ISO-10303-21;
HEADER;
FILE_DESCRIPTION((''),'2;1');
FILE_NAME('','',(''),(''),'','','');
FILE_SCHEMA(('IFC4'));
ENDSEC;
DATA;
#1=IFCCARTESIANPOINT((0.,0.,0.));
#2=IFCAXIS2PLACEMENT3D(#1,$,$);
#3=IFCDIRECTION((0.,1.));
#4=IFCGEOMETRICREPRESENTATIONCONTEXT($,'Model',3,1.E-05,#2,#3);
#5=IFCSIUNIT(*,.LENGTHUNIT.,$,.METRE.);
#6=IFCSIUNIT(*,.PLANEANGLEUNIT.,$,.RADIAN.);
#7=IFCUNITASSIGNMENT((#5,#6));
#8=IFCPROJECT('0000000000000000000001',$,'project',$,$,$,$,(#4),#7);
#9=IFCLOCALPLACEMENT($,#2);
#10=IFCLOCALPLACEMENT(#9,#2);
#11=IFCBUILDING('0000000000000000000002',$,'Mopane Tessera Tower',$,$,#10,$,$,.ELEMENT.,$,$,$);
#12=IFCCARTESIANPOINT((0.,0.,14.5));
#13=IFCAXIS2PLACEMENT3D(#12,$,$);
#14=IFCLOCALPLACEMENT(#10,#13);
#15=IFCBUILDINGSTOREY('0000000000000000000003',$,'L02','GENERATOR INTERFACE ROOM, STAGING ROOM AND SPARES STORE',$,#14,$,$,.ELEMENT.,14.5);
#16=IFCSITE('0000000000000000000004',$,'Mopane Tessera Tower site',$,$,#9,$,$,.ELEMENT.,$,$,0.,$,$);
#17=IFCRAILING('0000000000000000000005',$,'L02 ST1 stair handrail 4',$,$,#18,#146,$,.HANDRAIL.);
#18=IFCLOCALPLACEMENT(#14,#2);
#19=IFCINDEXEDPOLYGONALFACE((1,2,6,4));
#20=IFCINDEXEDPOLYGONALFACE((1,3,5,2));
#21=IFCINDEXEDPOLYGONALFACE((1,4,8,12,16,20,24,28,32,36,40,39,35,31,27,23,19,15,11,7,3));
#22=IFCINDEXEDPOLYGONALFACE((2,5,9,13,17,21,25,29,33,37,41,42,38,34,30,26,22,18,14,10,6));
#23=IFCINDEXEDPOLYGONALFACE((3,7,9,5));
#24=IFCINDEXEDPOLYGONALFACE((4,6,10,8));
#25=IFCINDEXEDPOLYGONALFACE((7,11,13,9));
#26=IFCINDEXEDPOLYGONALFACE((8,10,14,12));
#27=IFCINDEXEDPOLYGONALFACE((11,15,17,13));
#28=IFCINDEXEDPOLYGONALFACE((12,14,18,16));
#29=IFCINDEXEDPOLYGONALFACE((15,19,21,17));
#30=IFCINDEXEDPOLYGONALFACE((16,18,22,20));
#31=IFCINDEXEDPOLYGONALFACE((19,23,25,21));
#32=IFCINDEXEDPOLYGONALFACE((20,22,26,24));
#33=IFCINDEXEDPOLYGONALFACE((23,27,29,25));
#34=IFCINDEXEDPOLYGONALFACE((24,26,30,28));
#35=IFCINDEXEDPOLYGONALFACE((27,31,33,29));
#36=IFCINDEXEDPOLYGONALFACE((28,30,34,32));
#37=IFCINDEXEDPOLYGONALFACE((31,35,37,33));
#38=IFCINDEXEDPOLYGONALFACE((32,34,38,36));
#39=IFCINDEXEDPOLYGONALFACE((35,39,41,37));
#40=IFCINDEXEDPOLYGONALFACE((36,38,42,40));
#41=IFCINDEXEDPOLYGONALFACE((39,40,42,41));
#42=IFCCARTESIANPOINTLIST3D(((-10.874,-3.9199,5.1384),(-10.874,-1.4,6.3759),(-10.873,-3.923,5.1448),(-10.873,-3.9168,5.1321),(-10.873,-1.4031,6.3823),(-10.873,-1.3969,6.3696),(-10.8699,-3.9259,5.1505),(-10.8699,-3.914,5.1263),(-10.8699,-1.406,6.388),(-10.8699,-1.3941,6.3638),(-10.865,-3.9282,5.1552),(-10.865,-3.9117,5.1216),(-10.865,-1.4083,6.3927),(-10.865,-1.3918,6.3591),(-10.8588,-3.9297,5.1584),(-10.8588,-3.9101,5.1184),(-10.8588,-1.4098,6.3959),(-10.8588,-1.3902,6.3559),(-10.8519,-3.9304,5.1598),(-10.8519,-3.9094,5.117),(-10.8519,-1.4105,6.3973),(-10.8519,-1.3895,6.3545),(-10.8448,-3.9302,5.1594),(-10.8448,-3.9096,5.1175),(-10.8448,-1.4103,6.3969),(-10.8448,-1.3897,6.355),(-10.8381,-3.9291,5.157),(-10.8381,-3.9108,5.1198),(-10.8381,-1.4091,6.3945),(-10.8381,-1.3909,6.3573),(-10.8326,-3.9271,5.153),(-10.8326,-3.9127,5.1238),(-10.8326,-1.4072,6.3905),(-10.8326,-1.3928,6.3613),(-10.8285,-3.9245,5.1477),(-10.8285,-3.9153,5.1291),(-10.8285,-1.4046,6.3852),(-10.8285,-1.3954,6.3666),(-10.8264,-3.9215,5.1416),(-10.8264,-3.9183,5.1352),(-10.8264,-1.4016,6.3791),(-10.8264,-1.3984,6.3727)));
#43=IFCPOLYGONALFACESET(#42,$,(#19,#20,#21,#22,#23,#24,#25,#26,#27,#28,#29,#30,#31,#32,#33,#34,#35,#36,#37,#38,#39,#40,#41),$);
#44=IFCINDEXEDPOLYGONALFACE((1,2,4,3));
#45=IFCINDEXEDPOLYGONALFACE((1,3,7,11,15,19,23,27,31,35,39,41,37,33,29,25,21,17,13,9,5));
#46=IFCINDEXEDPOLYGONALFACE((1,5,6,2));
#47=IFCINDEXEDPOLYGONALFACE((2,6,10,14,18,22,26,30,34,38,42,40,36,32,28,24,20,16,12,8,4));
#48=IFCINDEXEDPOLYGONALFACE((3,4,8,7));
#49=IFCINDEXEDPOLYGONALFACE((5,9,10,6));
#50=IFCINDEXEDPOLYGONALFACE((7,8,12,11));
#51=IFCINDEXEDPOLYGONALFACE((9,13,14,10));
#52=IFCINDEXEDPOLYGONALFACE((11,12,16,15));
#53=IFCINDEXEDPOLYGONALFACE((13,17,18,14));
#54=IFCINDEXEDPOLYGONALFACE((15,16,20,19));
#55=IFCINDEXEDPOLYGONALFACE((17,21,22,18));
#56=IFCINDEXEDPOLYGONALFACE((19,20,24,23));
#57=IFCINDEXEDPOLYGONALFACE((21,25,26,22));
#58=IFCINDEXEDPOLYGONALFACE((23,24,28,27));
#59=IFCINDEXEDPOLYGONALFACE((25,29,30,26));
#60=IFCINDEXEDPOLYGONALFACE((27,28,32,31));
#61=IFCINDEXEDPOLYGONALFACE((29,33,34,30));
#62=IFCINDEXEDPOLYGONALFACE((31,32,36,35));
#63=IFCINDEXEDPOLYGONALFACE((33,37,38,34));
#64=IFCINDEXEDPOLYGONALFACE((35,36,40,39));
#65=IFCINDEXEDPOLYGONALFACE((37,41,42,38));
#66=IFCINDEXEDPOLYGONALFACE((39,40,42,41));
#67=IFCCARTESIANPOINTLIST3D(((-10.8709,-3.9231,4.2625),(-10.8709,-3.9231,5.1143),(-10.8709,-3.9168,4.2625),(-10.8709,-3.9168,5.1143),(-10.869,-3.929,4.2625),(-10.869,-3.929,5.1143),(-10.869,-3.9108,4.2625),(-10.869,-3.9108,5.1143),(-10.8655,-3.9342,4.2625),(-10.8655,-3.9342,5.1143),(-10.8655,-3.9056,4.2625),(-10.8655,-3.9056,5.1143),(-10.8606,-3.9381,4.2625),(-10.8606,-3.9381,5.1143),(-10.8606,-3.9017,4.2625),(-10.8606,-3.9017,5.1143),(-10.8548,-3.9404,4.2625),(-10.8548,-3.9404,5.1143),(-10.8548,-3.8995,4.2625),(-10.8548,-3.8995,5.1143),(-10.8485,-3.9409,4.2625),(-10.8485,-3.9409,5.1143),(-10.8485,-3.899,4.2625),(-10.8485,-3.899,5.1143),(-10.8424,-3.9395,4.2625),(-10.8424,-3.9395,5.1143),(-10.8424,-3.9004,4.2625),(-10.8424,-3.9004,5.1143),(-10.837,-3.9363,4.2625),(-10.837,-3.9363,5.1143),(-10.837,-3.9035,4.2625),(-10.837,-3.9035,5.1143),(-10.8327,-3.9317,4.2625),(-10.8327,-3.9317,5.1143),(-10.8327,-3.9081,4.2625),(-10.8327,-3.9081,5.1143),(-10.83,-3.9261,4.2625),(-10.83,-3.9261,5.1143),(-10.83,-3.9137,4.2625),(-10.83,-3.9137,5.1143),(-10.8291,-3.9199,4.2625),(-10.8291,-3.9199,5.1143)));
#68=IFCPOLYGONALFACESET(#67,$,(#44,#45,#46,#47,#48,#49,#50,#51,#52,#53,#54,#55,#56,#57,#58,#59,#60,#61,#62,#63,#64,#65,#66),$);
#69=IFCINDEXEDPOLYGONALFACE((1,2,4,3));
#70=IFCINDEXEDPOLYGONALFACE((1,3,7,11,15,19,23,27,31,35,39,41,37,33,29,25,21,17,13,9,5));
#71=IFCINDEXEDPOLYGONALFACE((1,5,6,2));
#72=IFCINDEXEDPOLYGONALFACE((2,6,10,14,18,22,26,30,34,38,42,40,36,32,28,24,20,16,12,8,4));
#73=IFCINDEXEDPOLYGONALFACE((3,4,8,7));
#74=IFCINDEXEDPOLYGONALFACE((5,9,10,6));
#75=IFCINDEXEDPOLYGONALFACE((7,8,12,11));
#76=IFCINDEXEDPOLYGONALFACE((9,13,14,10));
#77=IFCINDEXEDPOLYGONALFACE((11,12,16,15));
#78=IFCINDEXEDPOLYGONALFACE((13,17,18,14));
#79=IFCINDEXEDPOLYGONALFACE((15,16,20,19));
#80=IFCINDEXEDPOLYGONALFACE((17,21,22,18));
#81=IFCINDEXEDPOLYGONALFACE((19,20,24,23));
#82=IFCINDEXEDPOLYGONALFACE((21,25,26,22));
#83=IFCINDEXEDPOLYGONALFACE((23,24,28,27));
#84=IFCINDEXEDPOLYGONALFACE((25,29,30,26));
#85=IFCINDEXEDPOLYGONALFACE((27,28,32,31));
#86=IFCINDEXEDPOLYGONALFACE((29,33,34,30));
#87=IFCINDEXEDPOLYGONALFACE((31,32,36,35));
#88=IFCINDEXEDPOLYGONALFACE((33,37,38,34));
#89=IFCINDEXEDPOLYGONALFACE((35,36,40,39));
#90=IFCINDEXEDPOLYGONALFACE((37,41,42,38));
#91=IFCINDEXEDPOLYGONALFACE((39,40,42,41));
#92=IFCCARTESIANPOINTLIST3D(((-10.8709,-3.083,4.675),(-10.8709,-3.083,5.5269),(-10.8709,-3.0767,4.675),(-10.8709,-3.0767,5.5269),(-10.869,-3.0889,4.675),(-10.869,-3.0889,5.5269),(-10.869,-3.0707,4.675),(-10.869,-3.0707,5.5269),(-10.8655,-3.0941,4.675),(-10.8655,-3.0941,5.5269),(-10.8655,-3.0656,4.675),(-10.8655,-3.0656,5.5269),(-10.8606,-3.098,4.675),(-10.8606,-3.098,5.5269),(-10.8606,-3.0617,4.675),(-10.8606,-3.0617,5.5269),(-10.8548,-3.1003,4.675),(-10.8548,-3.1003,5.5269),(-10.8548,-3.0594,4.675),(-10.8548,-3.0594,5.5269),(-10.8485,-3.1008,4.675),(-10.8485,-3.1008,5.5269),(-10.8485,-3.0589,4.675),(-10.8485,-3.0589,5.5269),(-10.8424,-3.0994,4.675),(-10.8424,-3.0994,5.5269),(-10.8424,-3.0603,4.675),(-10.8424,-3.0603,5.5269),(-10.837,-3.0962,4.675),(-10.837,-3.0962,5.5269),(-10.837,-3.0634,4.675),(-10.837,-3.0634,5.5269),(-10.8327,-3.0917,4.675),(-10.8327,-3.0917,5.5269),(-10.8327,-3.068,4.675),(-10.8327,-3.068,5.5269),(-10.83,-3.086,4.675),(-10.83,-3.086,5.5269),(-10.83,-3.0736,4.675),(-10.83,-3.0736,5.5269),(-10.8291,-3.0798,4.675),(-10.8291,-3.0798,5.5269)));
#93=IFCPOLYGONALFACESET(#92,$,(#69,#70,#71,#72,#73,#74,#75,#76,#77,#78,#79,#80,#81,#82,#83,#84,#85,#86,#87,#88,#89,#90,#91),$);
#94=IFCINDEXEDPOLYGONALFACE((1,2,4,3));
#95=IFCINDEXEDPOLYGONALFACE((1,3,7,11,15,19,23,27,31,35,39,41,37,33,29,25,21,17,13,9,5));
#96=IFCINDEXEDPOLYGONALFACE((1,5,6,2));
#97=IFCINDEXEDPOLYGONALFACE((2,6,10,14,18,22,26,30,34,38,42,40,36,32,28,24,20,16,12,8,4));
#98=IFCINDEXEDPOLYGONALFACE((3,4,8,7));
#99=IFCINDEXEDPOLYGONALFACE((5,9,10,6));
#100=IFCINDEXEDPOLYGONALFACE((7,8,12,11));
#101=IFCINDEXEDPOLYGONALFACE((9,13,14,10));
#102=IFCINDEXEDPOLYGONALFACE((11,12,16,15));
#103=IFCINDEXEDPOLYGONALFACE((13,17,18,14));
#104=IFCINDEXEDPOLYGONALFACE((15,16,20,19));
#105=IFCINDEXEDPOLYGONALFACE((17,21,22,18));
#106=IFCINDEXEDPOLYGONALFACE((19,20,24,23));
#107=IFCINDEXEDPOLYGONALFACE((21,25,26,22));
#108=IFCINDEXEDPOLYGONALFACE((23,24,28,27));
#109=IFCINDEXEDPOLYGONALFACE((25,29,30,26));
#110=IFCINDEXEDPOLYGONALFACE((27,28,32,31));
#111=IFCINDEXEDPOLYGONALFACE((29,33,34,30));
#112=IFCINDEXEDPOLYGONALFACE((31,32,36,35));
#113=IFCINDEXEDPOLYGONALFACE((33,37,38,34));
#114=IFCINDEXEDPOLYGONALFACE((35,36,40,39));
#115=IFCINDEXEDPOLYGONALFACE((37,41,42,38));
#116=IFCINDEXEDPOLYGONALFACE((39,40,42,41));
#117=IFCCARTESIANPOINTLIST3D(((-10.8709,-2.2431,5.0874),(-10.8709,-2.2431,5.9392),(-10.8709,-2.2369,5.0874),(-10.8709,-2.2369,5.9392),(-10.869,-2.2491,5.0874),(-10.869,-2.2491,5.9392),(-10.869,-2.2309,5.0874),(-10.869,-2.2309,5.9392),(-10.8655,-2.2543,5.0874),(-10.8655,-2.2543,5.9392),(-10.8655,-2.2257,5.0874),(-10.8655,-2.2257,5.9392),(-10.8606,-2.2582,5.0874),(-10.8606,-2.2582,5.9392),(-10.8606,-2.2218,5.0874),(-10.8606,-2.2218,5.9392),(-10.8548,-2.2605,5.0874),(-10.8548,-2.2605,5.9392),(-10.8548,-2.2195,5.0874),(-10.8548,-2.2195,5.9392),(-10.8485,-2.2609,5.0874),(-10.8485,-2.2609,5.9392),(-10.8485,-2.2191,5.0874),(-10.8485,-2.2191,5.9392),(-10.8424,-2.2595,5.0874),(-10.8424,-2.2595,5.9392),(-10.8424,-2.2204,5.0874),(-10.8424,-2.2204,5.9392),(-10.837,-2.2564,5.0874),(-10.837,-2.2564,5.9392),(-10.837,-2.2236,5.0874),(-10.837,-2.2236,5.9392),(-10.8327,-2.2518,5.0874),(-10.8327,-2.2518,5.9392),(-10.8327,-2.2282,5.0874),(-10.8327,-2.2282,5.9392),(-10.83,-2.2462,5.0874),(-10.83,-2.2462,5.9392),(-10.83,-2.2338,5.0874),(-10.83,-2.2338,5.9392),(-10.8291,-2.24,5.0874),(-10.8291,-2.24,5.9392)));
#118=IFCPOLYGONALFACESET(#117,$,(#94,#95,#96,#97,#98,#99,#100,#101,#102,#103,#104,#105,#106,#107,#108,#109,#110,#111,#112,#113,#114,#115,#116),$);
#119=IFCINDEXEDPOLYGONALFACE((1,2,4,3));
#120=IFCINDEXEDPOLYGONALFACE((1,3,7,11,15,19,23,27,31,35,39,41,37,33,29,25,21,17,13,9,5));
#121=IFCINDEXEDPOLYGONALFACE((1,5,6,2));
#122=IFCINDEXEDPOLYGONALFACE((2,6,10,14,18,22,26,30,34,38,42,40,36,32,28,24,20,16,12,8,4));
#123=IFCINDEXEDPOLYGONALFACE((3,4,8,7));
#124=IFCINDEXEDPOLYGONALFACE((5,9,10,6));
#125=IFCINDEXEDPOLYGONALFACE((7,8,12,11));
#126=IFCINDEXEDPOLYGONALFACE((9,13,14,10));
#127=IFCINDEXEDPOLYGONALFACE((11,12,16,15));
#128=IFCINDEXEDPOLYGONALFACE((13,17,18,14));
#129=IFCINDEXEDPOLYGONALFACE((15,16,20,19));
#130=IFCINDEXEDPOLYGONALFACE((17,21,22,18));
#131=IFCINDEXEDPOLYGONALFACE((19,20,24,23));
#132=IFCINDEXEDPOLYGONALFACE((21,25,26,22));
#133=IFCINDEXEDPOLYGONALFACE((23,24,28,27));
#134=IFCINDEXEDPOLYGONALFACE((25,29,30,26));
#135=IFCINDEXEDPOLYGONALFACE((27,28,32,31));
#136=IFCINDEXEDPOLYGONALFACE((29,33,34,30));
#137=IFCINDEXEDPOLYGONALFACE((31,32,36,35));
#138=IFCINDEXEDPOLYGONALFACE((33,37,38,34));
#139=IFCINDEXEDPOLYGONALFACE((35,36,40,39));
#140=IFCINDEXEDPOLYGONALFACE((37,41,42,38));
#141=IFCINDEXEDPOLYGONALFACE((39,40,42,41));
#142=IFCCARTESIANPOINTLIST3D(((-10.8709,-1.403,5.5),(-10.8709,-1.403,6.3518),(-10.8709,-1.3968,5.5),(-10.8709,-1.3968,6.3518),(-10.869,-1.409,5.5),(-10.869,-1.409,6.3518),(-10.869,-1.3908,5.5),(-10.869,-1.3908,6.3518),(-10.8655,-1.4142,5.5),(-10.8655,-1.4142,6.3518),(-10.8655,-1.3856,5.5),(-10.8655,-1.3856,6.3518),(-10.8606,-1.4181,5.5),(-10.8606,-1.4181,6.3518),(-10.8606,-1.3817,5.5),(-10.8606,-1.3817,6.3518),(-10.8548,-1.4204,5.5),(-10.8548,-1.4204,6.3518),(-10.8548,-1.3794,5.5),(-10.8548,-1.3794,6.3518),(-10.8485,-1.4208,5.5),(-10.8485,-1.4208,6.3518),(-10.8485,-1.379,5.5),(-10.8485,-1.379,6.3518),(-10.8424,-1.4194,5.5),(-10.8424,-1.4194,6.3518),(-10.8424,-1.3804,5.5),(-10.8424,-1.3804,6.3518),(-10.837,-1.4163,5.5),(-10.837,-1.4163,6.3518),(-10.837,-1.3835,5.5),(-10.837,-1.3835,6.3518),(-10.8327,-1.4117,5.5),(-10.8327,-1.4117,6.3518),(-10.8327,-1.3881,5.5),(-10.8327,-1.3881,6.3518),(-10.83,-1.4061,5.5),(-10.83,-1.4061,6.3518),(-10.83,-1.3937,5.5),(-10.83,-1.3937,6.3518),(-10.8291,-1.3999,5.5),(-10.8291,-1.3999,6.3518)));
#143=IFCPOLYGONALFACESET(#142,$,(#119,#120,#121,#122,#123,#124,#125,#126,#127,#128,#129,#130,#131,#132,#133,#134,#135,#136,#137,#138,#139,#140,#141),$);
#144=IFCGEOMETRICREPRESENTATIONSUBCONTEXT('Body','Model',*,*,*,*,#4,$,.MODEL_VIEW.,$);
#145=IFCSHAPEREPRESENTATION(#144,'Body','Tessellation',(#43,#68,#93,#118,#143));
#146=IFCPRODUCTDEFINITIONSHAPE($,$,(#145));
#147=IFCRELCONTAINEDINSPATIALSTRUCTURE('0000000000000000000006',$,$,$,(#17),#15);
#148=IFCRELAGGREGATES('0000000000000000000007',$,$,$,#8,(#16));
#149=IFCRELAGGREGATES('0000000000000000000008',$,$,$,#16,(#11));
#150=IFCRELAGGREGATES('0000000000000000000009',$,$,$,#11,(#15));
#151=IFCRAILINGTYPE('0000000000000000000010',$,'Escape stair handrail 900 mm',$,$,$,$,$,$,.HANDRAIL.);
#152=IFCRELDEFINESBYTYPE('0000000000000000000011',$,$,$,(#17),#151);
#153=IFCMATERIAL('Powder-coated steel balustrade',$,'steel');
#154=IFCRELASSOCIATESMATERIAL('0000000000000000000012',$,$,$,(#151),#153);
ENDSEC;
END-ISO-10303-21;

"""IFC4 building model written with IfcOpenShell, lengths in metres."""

from ifc_helpers import new_model, si_unit, direction, frame, origin, origin_2d, place, context, subcontext, project, spatial, circle, extrude, material, type_object, element, save


model = new_model("IFC4")

# Units and contexts
model_context = context("Model", 3, precision=1e-05, world=origin(), true_north=direction((0.0, 1.0)))
body_context = subcontext(model_context, "Body", "Model", "MODEL_VIEW")
ifc_project = project(units=[si_unit("LENGTHUNIT", "METRE"), si_unit("PLANEANGLEUNIT", "RADIAN")], contexts=[model_context])

# Site, building, storey
site_placement = place(None, origin())
site = spatial("IfcSite", under=ifc_project, at=site_placement, Name="Mopane Tessera Tower site", CompositionType="ELEMENT", RefElevation=0.0)
building_placement = place(site_placement, origin())
building = spatial("IfcBuilding", under=site, at=building_placement, Name="Mopane Tessera Tower", CompositionType="ELEMENT")
storey_placement = place(building_placement, frame((0.0, 0.0, 14.5)))
storey = spatial("IfcBuildingStorey", under=building, at=storey_placement, Name="L02", Description="GENERATOR INTERFACE ROOM, STAGING ROOM AND SPARES STORE", CompositionType="ELEMENT", Elevation=14.5)

# Railing
ifc_material_1 = material(Name="Powder-coated steel balustrade", Category="steel")
railing_type_1 = type_object("IfcRailingType", Name="Escape stair handrail 900 mm", PredefinedType="HANDRAIL", material=ifc_material_1)
railing_1_placement = place(storey_placement, frame((-10.8501, -3.9199, 4.2625)))
element("IfcRailing", 1, at=railing_1_placement, inside=storey, type_object=railing_type_1, Name="L02 ST1 stair handrail 4", PredefinedType="HANDRAIL", context=body_context, shape_type="SweptSolid", body=[
    extrude(circle(Radius=0.0239, at=origin_2d()), frame((0.0, 0.0, 0.876), z_axis=(0.0, 0.897604, 0.440802), x_axis=(-1.0, 0.0, 0.0)), (0.0, 0.0, 1.0), 2.8074),
    extrude(circle(Radius=0.021, at=origin_2d()), origin(), (0.0, 0.0, 1.0), 0.8518),
    extrude(circle(Radius=0.021, at=origin_2d()), frame((0.0, 0.8401, 0.4126)), (0.0, 0.0, 1.0), 0.8518),
    extrude(circle(Radius=0.021, at=origin_2d()), frame((0.0, 1.6799, 0.825)), (0.0, 0.0, 1.0), 0.8518),
    extrude(circle(Radius=0.021, at=origin_2d()), frame((0.0, 2.52, 1.2375)), (0.0, 0.0, 1.0), 0.8518),
])

save(model, "model.ifc")
